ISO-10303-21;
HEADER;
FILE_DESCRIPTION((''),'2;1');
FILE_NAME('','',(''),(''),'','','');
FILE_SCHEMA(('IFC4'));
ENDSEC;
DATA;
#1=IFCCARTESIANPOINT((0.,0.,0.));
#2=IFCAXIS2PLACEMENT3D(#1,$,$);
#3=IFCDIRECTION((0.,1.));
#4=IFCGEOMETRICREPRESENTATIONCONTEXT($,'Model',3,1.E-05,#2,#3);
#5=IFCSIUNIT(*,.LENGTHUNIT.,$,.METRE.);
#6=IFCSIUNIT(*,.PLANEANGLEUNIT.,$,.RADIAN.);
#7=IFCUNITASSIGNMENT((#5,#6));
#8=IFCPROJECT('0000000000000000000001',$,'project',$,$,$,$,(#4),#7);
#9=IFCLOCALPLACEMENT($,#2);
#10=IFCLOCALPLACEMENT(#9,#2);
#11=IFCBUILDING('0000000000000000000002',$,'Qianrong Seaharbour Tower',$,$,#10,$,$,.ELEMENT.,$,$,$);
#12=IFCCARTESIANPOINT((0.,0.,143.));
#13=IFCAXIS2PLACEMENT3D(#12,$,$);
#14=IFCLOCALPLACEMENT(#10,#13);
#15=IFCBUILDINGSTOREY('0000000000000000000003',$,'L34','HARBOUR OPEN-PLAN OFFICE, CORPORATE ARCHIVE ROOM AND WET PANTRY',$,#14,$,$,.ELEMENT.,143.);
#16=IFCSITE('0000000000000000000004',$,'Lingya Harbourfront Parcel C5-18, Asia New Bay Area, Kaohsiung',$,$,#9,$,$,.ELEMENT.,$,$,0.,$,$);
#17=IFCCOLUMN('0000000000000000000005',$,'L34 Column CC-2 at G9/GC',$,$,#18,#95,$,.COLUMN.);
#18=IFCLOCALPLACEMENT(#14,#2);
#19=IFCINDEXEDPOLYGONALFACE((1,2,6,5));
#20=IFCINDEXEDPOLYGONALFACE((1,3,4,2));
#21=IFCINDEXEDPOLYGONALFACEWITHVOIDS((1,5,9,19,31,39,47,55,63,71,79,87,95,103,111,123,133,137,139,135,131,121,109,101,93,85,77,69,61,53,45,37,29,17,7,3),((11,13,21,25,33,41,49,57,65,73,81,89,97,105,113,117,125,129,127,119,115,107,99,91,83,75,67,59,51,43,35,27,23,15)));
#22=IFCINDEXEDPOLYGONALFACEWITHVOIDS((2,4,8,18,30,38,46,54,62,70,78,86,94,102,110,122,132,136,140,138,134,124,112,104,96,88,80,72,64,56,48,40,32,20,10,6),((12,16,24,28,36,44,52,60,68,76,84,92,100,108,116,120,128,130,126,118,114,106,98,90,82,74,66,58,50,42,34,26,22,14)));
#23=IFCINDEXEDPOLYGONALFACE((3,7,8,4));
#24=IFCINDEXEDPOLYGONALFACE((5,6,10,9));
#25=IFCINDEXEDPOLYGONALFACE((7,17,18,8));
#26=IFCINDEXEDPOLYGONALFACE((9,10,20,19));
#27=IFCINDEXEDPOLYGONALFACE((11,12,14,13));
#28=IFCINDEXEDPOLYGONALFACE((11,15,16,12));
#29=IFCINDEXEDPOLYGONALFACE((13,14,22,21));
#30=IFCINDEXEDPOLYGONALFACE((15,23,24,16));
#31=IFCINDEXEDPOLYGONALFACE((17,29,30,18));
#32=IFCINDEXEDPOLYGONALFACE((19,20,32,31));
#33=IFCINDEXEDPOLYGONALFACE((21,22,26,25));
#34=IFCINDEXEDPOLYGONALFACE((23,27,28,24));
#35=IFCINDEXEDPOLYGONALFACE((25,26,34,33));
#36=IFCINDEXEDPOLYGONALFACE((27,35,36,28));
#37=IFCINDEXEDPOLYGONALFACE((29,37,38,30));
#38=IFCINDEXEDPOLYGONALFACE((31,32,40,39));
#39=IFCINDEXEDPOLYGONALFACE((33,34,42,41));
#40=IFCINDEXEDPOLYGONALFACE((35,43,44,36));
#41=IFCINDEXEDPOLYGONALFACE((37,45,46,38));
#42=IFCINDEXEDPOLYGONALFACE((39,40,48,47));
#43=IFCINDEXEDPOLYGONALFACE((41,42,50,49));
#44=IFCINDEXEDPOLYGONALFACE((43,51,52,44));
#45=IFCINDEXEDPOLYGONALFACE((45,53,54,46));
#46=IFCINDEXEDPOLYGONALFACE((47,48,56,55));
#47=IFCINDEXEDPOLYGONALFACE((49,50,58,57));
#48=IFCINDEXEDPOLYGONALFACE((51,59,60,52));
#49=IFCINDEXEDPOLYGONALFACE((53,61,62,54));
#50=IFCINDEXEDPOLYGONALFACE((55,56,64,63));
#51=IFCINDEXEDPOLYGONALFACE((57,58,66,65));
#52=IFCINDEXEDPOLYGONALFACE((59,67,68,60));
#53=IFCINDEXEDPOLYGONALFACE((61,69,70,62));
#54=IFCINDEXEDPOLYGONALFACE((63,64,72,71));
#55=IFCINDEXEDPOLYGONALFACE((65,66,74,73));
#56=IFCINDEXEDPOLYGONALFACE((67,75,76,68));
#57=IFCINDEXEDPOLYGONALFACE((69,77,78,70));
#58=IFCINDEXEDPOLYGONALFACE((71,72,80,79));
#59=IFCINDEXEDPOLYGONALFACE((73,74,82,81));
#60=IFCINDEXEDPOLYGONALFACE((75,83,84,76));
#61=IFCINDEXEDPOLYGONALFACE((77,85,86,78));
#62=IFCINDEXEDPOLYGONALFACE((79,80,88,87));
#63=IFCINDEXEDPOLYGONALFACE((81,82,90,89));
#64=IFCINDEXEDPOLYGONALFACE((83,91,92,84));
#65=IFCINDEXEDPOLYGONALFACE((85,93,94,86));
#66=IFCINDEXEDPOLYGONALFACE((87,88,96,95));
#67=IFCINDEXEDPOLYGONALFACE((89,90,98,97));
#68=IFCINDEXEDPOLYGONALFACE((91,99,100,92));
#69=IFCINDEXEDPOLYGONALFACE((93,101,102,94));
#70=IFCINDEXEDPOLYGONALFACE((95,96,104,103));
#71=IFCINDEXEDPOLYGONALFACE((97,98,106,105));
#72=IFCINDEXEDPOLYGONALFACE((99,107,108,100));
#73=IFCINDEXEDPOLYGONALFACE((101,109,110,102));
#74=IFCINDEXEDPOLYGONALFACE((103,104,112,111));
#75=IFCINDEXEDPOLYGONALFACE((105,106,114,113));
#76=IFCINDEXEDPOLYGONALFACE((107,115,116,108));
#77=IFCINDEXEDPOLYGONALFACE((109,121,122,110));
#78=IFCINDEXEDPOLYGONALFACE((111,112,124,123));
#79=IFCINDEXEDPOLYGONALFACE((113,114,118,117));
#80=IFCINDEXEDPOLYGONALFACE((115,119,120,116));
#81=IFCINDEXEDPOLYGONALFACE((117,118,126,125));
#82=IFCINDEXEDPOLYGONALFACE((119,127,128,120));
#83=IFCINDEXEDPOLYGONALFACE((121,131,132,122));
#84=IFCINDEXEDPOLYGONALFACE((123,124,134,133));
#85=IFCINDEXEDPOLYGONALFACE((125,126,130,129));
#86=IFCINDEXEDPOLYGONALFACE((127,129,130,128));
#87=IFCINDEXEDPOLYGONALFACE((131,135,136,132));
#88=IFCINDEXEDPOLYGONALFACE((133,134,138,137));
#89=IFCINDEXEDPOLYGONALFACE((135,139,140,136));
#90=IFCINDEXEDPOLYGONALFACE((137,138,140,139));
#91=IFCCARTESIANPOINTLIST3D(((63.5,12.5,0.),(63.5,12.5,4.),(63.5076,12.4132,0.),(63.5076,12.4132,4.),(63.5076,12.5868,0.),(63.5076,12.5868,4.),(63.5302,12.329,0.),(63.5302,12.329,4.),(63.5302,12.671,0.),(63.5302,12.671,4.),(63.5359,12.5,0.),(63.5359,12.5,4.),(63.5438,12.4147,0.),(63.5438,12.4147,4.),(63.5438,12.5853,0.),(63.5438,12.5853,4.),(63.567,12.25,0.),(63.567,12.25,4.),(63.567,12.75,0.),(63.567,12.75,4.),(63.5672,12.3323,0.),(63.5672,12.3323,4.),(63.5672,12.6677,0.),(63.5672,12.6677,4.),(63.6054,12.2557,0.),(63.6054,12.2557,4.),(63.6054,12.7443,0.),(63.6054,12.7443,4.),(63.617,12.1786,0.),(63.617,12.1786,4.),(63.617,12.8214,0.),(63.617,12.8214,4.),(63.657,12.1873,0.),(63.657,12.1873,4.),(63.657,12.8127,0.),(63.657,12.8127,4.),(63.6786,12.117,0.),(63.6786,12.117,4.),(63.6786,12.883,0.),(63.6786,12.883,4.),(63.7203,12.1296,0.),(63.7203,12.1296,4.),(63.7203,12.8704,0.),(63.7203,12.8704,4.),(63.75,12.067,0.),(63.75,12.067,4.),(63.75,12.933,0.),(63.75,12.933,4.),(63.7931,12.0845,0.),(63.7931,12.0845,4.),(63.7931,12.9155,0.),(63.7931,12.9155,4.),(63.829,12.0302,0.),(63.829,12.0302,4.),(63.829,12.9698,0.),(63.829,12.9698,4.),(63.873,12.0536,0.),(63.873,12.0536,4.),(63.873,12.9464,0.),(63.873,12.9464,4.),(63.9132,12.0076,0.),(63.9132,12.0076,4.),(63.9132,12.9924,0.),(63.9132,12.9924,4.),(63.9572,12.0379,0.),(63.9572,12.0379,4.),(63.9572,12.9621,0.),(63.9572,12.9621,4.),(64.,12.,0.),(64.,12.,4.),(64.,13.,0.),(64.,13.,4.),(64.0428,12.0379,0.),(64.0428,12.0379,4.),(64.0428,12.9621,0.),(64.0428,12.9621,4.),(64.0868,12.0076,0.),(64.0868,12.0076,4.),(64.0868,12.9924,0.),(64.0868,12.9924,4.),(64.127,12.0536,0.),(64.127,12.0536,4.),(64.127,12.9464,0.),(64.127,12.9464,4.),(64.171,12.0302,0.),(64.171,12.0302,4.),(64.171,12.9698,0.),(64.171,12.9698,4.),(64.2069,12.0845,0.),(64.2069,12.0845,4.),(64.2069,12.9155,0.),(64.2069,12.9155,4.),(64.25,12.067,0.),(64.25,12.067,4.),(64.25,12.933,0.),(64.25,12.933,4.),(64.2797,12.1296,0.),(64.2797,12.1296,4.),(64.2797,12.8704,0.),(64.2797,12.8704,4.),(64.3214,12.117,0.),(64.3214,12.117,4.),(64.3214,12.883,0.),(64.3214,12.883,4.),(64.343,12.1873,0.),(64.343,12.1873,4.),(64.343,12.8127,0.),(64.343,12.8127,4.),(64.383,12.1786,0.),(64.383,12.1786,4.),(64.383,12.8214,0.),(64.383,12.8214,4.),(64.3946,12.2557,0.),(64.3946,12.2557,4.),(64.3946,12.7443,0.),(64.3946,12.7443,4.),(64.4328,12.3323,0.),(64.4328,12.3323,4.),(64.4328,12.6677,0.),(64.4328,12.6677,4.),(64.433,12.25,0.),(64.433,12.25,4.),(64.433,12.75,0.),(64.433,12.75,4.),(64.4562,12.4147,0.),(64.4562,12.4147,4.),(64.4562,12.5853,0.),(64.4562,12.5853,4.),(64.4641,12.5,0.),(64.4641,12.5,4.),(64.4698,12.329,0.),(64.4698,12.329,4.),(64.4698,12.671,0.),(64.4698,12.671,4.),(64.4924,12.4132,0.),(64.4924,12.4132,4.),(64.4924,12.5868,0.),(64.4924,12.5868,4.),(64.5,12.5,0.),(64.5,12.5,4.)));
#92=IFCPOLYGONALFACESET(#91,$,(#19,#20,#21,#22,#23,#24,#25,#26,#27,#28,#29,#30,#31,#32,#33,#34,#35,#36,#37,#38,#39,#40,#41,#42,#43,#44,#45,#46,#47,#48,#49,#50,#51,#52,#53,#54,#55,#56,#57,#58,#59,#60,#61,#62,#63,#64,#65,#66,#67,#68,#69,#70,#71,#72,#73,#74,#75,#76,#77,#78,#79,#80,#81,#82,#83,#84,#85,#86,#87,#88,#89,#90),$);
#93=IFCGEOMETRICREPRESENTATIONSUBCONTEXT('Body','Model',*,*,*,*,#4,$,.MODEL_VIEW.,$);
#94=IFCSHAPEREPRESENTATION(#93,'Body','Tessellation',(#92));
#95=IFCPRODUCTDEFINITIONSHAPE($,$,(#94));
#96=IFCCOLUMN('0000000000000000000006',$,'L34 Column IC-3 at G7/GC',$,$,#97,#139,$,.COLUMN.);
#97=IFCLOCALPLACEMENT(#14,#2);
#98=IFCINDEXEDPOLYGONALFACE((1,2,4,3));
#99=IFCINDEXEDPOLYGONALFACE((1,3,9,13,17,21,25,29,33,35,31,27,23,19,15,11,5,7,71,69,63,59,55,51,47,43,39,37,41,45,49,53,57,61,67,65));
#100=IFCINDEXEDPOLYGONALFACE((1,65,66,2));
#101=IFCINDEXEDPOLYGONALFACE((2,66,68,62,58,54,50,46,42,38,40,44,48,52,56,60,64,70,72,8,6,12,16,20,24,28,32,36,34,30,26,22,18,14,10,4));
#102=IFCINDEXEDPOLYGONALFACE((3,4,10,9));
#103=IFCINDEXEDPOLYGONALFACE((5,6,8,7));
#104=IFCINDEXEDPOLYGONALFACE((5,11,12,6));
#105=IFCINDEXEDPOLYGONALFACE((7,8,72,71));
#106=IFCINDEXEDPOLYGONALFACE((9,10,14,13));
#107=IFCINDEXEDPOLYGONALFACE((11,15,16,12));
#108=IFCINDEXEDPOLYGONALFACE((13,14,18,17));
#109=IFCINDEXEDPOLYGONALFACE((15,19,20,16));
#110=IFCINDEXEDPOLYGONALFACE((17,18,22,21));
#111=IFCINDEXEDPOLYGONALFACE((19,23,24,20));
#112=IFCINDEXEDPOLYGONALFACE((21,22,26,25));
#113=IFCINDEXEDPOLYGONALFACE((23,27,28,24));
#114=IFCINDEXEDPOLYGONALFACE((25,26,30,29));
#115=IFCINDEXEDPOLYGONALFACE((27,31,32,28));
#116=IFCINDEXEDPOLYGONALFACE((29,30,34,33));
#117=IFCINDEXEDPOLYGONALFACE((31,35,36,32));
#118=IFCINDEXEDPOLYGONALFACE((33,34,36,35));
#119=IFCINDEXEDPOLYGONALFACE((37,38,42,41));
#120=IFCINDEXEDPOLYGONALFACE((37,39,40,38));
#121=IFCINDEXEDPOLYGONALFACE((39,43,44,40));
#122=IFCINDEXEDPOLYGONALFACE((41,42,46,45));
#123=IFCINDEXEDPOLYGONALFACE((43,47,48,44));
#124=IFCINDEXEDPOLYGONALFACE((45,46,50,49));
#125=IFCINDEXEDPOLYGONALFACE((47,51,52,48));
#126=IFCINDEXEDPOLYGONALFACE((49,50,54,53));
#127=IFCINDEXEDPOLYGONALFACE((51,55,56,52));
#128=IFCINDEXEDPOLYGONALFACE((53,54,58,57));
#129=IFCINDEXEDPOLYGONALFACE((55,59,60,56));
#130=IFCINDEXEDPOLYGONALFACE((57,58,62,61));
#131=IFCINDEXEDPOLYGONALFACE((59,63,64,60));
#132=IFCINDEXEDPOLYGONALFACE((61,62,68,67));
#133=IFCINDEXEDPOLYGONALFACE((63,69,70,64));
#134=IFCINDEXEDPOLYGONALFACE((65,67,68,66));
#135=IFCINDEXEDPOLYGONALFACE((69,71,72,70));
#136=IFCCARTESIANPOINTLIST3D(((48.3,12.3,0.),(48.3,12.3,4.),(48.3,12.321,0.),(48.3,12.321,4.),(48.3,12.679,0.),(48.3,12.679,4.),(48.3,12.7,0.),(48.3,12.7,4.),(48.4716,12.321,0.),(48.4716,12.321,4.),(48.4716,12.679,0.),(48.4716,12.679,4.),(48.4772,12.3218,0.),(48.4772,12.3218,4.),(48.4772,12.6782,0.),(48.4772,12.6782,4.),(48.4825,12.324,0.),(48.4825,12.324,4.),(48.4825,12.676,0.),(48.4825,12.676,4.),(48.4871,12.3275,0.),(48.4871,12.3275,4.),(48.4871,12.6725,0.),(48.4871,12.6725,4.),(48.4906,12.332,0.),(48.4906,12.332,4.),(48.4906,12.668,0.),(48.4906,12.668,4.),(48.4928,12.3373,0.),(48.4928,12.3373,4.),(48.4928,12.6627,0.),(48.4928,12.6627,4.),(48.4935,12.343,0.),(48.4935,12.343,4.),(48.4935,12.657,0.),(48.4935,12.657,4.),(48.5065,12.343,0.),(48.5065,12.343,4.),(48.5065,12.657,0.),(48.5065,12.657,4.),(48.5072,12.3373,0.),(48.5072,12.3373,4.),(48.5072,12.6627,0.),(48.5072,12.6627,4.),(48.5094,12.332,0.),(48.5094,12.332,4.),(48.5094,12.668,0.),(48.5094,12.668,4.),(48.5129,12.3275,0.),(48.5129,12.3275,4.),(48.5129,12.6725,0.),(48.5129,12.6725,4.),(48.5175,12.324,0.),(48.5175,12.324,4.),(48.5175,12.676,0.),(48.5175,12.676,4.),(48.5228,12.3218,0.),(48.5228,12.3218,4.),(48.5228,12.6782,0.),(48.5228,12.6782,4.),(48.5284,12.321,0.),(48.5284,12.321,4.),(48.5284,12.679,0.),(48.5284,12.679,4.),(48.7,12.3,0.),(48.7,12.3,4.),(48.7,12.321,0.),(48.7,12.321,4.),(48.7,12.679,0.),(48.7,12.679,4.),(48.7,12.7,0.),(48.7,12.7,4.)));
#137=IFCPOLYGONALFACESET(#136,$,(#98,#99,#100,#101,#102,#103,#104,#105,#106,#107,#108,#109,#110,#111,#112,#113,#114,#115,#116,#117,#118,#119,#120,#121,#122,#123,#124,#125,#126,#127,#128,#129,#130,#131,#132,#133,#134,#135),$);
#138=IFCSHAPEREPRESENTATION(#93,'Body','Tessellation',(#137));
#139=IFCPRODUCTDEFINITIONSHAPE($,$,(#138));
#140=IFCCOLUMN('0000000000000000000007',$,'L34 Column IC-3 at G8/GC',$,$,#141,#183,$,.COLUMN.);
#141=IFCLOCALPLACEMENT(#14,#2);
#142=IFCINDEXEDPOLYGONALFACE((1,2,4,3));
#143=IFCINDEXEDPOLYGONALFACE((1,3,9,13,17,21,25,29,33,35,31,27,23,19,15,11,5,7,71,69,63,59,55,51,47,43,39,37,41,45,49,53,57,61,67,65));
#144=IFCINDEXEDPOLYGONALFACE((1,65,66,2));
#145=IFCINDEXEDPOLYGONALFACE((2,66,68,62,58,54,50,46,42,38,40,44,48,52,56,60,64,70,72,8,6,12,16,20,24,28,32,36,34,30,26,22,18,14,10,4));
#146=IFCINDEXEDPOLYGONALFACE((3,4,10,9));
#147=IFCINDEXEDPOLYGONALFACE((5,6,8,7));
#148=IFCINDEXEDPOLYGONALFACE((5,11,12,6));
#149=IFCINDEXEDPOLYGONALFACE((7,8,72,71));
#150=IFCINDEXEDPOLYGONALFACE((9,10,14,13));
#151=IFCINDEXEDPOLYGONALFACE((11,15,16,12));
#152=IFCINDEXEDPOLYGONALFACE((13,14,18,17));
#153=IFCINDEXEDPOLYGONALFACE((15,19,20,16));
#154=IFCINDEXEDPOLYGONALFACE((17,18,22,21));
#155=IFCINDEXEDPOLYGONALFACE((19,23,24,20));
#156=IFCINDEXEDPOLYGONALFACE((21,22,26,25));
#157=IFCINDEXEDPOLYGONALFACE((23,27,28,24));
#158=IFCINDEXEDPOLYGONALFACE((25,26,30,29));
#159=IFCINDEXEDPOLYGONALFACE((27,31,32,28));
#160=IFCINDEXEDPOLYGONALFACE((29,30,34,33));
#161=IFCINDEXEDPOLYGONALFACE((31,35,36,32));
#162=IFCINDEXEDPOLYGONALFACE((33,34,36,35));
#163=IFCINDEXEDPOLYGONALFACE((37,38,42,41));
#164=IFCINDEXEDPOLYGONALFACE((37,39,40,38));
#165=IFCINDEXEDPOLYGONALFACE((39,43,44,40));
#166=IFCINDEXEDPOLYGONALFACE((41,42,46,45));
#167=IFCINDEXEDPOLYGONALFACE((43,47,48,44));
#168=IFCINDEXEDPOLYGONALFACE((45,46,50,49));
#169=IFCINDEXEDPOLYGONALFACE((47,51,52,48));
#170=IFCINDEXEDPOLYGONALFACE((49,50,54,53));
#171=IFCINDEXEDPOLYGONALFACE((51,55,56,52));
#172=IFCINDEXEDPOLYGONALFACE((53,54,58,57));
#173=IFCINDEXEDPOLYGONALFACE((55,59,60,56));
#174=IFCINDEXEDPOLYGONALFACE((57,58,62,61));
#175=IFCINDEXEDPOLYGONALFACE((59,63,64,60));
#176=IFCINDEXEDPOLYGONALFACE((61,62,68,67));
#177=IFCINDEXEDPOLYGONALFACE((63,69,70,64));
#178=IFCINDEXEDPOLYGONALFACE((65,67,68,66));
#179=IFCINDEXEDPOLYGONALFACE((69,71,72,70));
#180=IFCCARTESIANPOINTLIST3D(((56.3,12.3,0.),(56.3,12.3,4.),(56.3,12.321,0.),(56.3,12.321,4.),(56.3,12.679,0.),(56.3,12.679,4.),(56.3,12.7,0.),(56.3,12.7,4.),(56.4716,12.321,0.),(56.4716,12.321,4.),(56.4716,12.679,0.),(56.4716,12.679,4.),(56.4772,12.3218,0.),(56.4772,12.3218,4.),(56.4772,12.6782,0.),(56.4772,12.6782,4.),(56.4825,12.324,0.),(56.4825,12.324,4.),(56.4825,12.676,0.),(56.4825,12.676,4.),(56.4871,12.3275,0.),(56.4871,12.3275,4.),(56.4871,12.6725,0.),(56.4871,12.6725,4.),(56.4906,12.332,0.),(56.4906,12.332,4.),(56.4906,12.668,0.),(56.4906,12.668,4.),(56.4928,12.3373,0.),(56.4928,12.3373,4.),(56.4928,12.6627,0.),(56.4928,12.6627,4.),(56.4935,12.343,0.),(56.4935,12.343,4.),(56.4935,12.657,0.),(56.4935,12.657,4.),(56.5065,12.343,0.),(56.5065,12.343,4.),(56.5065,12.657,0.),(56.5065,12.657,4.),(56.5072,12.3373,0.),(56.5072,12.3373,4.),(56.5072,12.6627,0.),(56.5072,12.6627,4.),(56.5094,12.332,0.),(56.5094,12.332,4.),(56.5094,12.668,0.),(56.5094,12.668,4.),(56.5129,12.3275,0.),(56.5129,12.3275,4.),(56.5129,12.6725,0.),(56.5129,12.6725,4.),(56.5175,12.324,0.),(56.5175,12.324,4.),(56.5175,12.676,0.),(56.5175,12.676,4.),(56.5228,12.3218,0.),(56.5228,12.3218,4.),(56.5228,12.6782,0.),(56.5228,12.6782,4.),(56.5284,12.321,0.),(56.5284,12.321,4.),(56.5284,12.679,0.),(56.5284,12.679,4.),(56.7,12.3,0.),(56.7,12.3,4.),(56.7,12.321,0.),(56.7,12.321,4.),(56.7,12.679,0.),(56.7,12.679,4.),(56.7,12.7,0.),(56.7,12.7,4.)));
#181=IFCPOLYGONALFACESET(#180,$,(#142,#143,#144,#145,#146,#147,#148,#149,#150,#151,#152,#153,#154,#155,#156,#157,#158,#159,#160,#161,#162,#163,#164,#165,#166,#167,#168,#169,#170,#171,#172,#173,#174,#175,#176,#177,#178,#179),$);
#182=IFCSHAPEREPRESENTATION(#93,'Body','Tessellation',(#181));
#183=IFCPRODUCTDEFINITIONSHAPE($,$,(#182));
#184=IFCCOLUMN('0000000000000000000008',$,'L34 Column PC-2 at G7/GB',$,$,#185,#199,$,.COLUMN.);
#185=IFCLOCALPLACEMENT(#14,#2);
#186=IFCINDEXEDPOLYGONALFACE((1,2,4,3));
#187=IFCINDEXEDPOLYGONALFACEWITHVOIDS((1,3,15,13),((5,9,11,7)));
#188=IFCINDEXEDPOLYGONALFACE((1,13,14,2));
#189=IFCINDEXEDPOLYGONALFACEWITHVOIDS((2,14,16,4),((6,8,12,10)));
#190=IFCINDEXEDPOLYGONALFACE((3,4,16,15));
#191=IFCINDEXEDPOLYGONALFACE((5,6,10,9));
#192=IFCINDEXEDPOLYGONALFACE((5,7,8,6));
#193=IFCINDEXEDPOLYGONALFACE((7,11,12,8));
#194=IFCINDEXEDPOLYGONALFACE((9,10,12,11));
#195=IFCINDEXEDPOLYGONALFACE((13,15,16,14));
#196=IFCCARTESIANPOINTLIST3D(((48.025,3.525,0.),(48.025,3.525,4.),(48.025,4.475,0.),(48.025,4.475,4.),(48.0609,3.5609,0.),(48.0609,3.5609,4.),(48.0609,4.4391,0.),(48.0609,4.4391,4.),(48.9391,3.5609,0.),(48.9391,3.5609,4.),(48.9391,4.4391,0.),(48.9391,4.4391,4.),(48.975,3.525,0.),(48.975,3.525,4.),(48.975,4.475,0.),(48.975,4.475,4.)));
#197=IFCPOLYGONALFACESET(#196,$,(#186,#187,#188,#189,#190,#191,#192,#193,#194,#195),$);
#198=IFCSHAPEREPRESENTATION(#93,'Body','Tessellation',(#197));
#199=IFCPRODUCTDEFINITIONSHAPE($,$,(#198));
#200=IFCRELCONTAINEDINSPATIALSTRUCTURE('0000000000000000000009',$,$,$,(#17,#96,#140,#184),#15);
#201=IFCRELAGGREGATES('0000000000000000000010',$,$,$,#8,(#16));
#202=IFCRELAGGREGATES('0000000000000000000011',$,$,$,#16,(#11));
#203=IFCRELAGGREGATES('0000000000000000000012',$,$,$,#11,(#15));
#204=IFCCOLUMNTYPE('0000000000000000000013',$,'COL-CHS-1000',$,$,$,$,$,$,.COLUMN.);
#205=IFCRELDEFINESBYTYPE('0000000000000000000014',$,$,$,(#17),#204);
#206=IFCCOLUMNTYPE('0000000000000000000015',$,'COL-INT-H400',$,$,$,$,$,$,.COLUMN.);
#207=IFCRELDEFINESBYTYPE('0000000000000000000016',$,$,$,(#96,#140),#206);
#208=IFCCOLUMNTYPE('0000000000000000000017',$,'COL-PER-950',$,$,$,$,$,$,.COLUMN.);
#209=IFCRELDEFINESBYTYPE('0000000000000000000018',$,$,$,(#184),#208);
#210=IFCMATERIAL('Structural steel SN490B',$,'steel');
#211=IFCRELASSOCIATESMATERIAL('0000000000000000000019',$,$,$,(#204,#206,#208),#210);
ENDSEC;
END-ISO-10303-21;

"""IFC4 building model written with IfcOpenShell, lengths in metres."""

from ifc_helpers import new_model, si_unit, direction, frame, origin, origin_2d, place, context, subcontext, project, spatial, hollow_rectangle, hollow_circle, i_section, extrude, material, material_profile, profile_set, type_object, element, save


model = new_model("IFC4")

# Units and contexts
model_context = context("Model", 3, precision=1e-05, world=origin(), true_north=direction((0.0, 1.0)))
body_context = subcontext(model_context, "Body", "Model", "MODEL_VIEW")
ifc_project = project(units=[si_unit("LENGTHUNIT", "METRE"), si_unit("PLANEANGLEUNIT", "RADIAN")], contexts=[model_context])

# Site, building, storey
site_placement = place(None, origin())
site = spatial("IfcSite", under=ifc_project, at=site_placement, Name="Lingya Harbourfront Parcel C5-18, Asia New Bay Area, Kaohsiung", CompositionType="ELEMENT", RefElevation=0.0)
building_placement = place(site_placement, origin())
building = spatial("IfcBuilding", under=site, at=building_placement, Name="Qianrong Seaharbour Tower", CompositionType="ELEMENT")
storey_placement = place(building_placement, frame((0.0, 0.0, 143.0)))
storey = spatial("IfcBuildingStorey", under=building, at=storey_placement, Name="L34", Description="HARBOUR OPEN-PLAN OFFICE, CORPORATE ARCHIVE ROOM AND WET PANTRY", CompositionType="ELEMENT", Elevation=143.0)

# Columns
ifc_material_1 = material(Name="Structural steel SN490B", Category="steel")
ifc_material_profile_1 = material_profile(ifc_material_1, hollow_circle(Radius=0.5, WallThickness=0.0359, at=origin_2d()), Name="CHS1000x36")
ifc_profile_set_1 = profile_set([ifc_material_profile_1], Name="Structural steel SN490B")
column_type_1 = type_object("IfcColumnType", Name="COL-CHS-1000", PredefinedType="COLUMN", material=ifc_profile_set_1)
column_placement = place(storey_placement, frame((64.0, 12.5, 0.0), z_axis=(0.0, 0.0, 1.0), x_axis=(1.0, 0.0, 0.0)))
element("IfcColumn", 1, at=column_placement, inside=storey, type_object=column_type_1, Name="L34 Column CC-2 at G9/GC", PredefinedType="COLUMN", context=body_context, shape_type="SweptSolid", body=[
    extrude(hollow_circle(Radius=0.5, WallThickness=0.0359, at=origin_2d()), origin(), (0.0, 0.0, 1.0), 4.0),
])
ifc_material_profile_2 = material_profile(ifc_material_1, i_section(OverallWidth=0.3999, OverallDepth=0.3999, WebThickness=0.0129, FlangeThickness=0.021, FilletRadius=0.022, at=origin_2d()), Name="H400x400x13x21")
ifc_profile_set_2 = profile_set([ifc_material_profile_2], Name="Structural steel SN490B")
column_type_2 = type_object("IfcColumnType", Name="COL-INT-H400", PredefinedType="COLUMN", material=ifc_profile_set_2)
for number, where, z_axis, x_axis, name in (
    (2, (48.5, 12.5, 0.0), (0.0, 0.0, 1.0), (1.0, 0.0, 0.0), "L34 Column IC-3 at G7/GC"),
    (3, (56.5, 12.5, 0.0), (0.0, 0.0, 1.0), (1.0, 0.0, 0.0), "L34 Column IC-3 at G8/GC"),
):
    element("IfcColumn", number, at=place(storey_placement, frame(where, z_axis=z_axis, x_axis=x_axis)), inside=storey, type_object=column_type_2, Name=name, PredefinedType="COLUMN", context=body_context, shape_type="SweptSolid", body=[
        extrude(i_section(OverallWidth=0.3999, OverallDepth=0.3999, WebThickness=0.0129, FlangeThickness=0.021, FilletRadius=0.022, at=origin_2d()), origin(), (0.0, 0.0, 1.0), 4.0),
    ])
ifc_material_profile_3 = material_profile(ifc_material_1, hollow_rectangle(XDim=0.95, YDim=0.95, WallThickness=0.0359, at=origin_2d()), Name="BOX950x950x36")
ifc_profile_set_3 = profile_set([ifc_material_profile_3], Name="Structural steel SN490B")
column_type_3 = type_object("IfcColumnType", Name="COL-PER-950", PredefinedType="COLUMN", material=ifc_profile_set_3)
for number, where, z_axis, x_axis, name in (
    (4, (48.5, 4.0, 0.0), (0.0, 0.0, 1.0), (1.0, 0.0, 0.0), "L34 Column PC-2 at G7/GB"),
):
    element("IfcColumn", number, at=place(storey_placement, frame(where, z_axis=z_axis, x_axis=x_axis)), inside=storey, type_object=column_type_3, Name=name, PredefinedType="COLUMN", context=body_context, shape_type="SweptSolid", body=[
        extrude(hollow_rectangle(XDim=0.95, YDim=0.95, WallThickness=0.0359, at=origin_2d()), origin(), (0.0, 0.0, 1.0), 4.0),
    ])

save(model, "model.ifc")
